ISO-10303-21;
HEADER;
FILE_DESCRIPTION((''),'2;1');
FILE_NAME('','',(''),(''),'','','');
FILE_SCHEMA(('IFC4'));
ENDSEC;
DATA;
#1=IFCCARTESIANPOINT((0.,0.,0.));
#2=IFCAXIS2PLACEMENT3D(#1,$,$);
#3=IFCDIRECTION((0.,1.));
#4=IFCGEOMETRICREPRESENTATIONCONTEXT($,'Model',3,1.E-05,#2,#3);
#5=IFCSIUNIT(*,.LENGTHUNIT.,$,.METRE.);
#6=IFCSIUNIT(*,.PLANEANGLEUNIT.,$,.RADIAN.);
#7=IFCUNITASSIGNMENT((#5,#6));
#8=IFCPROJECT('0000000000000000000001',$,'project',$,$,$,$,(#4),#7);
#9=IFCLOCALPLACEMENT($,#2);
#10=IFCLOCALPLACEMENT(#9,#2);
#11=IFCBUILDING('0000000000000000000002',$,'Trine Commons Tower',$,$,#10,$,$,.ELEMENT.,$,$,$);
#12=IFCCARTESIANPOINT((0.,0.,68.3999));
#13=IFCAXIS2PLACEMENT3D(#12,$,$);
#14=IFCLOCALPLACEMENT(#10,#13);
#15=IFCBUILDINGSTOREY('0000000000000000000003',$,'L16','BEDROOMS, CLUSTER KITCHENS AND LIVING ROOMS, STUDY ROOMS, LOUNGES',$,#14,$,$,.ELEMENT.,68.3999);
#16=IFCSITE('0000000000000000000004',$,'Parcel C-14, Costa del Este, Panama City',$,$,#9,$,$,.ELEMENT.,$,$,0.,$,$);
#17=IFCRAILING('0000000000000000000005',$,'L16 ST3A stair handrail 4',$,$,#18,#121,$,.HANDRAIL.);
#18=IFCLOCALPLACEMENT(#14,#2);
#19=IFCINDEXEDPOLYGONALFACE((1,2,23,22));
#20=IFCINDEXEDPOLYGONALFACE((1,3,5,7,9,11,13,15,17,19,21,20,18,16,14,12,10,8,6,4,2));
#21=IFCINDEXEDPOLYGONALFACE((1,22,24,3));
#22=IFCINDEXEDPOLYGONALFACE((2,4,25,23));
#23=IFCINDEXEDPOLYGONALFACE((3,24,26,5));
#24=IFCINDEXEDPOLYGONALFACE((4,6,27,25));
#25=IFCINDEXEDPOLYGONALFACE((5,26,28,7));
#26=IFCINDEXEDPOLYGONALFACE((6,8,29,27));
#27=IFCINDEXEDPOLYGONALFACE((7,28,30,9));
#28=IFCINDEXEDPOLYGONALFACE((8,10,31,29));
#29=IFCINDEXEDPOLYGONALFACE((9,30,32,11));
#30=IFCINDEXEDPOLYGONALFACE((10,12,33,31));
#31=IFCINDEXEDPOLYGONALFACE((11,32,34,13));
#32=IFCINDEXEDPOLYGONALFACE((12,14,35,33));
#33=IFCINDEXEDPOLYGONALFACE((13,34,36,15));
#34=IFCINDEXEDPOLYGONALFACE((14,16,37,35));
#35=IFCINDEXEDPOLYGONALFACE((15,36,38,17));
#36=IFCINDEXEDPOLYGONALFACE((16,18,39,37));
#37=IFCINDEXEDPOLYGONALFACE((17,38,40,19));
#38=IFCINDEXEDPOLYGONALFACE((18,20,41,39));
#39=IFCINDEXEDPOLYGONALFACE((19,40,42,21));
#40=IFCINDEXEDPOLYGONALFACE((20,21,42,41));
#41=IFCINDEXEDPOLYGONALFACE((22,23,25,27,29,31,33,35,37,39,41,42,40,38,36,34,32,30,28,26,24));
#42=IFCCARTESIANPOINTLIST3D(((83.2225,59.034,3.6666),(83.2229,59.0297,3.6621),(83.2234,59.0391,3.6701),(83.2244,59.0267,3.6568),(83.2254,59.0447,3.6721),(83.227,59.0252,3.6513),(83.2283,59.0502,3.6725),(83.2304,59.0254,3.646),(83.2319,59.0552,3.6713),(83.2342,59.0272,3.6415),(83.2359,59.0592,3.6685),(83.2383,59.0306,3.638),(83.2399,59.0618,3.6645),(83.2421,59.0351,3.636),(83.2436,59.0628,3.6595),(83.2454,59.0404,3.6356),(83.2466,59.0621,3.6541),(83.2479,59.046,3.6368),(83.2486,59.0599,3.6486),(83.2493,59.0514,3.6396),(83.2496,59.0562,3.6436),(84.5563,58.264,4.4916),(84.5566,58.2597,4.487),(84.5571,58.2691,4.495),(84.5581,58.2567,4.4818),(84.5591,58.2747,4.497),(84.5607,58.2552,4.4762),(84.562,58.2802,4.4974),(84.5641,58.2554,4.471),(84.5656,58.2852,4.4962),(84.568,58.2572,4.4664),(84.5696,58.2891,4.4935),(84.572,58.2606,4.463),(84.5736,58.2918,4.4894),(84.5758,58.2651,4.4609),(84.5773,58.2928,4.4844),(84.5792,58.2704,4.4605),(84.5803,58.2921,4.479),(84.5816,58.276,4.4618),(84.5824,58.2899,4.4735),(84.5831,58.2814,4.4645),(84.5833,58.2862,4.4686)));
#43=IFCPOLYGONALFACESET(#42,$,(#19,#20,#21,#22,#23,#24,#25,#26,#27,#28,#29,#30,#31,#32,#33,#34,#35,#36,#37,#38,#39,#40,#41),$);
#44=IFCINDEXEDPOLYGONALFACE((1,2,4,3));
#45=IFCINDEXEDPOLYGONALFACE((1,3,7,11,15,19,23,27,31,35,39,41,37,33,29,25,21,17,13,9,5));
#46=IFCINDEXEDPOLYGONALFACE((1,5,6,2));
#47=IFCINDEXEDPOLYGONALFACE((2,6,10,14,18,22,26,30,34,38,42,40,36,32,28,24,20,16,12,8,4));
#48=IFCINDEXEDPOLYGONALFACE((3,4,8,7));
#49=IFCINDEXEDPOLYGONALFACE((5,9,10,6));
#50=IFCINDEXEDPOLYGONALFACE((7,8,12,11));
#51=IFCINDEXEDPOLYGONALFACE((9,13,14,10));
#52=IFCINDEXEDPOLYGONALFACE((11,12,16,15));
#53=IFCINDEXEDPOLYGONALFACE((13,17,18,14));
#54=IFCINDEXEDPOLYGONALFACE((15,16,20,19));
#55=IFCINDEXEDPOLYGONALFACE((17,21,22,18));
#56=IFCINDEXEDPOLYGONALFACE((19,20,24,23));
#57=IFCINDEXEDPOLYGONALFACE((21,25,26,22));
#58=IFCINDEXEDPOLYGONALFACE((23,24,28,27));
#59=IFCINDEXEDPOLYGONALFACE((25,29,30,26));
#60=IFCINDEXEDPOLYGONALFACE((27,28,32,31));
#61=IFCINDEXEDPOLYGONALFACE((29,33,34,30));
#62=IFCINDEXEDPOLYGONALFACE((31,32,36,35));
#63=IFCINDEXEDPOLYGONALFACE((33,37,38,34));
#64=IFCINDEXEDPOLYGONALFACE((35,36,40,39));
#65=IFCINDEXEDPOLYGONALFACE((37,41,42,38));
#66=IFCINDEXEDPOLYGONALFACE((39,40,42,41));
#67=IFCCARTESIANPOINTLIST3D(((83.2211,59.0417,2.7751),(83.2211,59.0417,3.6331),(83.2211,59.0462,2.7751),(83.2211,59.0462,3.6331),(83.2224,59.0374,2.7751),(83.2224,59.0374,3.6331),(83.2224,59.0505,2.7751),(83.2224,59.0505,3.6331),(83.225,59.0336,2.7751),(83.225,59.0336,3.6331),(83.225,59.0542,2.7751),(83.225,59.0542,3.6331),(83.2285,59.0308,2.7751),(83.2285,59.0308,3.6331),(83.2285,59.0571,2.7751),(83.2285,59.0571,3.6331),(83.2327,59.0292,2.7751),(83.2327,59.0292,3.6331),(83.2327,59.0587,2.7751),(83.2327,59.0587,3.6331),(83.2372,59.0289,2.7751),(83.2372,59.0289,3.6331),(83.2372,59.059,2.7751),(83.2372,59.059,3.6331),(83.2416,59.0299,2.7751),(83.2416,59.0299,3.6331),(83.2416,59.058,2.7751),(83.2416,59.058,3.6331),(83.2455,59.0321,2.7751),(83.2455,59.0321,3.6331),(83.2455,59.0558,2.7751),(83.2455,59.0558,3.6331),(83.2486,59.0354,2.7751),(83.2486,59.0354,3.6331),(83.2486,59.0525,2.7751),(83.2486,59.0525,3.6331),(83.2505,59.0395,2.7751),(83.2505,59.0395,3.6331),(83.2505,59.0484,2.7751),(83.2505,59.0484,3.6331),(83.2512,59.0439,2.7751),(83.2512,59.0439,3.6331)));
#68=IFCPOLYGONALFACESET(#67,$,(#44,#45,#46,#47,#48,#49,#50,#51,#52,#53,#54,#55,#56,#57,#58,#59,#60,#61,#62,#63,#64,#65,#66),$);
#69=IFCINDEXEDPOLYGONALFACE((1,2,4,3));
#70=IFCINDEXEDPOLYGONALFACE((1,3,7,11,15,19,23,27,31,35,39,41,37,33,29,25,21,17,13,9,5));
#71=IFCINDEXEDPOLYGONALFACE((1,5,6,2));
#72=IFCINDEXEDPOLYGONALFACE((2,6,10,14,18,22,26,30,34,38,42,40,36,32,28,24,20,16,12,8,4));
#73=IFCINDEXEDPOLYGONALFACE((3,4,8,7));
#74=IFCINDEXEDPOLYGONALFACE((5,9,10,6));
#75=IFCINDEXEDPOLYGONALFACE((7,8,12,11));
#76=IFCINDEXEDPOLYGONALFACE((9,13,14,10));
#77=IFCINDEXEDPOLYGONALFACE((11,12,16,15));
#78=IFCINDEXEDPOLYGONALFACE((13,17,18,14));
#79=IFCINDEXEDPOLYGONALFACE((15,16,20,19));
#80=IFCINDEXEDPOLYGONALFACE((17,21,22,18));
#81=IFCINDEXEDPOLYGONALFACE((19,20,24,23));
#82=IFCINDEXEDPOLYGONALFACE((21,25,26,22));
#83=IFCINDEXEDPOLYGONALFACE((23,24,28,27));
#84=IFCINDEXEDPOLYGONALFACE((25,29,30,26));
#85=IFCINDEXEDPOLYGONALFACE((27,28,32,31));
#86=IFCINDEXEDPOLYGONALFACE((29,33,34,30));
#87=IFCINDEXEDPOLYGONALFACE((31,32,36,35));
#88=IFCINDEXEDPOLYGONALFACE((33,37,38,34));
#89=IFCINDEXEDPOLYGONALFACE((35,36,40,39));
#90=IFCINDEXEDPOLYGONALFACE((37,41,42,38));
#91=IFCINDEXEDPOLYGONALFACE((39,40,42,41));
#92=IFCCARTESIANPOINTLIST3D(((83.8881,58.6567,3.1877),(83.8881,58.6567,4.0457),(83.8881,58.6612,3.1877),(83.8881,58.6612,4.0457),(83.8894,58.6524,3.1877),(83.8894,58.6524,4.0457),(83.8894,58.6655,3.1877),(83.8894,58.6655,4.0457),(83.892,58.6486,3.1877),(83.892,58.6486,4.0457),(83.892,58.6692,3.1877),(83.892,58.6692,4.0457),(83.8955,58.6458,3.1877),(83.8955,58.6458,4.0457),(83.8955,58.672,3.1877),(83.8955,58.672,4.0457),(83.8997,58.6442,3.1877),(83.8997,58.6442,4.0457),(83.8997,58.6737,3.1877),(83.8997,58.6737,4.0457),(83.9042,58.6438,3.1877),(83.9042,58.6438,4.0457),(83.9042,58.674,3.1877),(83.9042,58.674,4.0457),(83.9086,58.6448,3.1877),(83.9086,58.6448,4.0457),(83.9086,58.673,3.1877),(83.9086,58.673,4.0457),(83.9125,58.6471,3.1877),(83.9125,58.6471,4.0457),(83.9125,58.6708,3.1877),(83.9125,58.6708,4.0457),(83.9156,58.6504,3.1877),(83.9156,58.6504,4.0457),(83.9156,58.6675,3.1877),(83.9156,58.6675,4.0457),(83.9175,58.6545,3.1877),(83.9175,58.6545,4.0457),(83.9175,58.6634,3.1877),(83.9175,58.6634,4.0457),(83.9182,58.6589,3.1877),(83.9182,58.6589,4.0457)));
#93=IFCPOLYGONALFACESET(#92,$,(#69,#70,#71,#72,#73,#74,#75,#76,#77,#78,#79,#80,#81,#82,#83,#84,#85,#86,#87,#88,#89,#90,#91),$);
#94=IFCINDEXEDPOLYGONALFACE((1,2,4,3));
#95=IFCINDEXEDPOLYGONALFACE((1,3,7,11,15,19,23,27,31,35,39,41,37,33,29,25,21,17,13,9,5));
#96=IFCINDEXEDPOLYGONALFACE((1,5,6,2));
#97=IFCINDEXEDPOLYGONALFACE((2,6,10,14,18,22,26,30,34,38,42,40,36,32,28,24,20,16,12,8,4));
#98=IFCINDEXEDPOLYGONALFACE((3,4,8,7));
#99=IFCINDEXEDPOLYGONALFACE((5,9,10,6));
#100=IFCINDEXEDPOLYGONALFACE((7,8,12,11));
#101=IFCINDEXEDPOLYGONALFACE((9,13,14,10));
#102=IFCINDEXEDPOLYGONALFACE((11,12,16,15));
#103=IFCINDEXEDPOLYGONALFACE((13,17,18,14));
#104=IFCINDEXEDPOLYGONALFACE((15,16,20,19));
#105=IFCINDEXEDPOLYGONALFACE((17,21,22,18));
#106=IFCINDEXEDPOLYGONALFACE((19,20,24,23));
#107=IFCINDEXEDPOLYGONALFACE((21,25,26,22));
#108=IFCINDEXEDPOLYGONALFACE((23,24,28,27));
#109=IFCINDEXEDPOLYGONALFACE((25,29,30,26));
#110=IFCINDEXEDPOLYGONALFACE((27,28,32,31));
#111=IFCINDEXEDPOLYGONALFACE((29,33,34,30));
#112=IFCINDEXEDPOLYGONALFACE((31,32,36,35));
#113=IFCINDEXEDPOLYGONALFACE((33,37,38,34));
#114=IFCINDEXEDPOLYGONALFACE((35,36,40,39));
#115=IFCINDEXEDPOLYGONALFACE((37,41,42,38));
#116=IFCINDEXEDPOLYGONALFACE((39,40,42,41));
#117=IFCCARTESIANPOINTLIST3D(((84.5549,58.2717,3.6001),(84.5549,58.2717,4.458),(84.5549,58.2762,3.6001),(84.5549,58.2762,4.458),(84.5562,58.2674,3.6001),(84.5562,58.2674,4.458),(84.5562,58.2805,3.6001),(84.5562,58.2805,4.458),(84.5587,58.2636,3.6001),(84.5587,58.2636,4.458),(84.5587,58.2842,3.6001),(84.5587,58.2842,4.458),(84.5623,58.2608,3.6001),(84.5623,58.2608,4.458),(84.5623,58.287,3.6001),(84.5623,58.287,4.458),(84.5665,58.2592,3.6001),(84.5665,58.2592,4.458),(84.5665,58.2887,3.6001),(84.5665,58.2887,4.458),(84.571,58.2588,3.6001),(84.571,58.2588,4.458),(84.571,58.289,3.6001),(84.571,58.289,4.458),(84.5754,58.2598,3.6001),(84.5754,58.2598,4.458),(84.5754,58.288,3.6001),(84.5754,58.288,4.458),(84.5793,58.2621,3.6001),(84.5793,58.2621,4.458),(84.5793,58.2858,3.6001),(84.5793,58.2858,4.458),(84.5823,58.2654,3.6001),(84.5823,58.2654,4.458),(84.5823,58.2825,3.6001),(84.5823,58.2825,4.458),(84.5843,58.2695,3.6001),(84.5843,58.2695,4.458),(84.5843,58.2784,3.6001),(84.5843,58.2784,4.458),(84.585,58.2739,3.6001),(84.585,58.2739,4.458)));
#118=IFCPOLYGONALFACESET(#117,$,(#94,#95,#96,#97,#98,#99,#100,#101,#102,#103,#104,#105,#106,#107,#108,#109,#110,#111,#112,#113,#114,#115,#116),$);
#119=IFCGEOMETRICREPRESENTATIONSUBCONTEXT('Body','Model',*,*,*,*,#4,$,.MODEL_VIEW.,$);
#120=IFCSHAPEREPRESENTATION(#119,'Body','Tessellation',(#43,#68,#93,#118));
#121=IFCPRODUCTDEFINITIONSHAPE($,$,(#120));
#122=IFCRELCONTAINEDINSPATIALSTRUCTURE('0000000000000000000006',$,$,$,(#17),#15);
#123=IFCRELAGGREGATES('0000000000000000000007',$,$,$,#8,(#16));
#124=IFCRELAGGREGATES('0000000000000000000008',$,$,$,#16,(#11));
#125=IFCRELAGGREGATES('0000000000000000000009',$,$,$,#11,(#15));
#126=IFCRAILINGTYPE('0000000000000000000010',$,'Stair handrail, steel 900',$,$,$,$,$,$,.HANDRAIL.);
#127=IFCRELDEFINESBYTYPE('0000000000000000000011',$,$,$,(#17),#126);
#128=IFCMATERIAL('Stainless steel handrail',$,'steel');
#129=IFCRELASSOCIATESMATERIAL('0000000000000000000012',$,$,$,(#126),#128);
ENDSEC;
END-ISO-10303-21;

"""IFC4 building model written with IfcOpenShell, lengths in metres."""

from ifc_helpers import new_model, si_unit, direction, frame, origin, origin_2d, place, context, subcontext, project, spatial, circle, extrude, material, type_object, element, save


model = new_model("IFC4")

# Units and contexts
model_context = context("Model", 3, precision=1e-05, world=origin(), true_north=direction((0.0, 1.0)))
body_context = subcontext(model_context, "Body", "Model", "MODEL_VIEW")
ifc_project = project(units=[si_unit("LENGTHUNIT", "METRE"), si_unit("PLANEANGLEUNIT", "RADIAN")], contexts=[model_context])

# Site, building, storey
site_placement = place(None, origin())
site = spatial("IfcSite", under=ifc_project, at=site_placement, Name="Parcel C-14, Costa del Este, Panama City", CompositionType="ELEMENT", RefElevation=0.0)
building_placement = place(site_placement, origin())
building = spatial("IfcBuilding", under=site, at=building_placement, Name="Trine Commons Tower", CompositionType="ELEMENT")
storey_placement = place(building_placement, frame((0.0, 0.0, 68.3999)))
storey = spatial("IfcBuildingStorey", under=building, at=storey_placement, Name="L16", Description="BEDROOMS, CLUSTER KITCHENS AND LIVING ROOMS, STUDY ROOMS, LOUNGES", CompositionType="ELEMENT", Elevation=68.3999)

# Railing
ifc_material_1 = material(Name="Stainless steel handrail", Category="steel")
railing_type = type_object("IfcRailingType", Name="Stair handrail, steel 900", PredefinedType="HANDRAIL", material=ifc_material_1)
railing_placement = place(storey_placement, frame((83.2361, 59.0439, 2.7751)))
element("IfcRailing", 1, at=railing_placement, inside=storey, type_object=railing_type, Name="L16 ST3A stair handrail 4", PredefinedType="HANDRAIL", context=body_context, shape_type="SweptSolid", body=[
    extrude(circle(Radius=0.021, at=origin_2d()), frame((0.0, 0.0, 0.8789), z_axis=(0.763405, -0.440743, 0.472185), x_axis=(0.499992, 0.86603, 0.0)), (0.0, 0.0, 1.0), 1.7471),
    extrude(circle(Radius=0.0151, at=origin_2d()), origin(), (0.0, 0.0, 1.0), 0.8579),
    extrude(circle(Radius=0.0151, at=origin_2d()), frame((0.667, -0.385, 0.4126)), (0.0, 0.0, 1.0), 0.8579),
    extrude(circle(Radius=0.0151, at=origin_2d()), frame((1.3337, -0.77, 0.825)), (0.0, 0.0, 1.0), 0.8579),
])

save(model, "model.ifc")
